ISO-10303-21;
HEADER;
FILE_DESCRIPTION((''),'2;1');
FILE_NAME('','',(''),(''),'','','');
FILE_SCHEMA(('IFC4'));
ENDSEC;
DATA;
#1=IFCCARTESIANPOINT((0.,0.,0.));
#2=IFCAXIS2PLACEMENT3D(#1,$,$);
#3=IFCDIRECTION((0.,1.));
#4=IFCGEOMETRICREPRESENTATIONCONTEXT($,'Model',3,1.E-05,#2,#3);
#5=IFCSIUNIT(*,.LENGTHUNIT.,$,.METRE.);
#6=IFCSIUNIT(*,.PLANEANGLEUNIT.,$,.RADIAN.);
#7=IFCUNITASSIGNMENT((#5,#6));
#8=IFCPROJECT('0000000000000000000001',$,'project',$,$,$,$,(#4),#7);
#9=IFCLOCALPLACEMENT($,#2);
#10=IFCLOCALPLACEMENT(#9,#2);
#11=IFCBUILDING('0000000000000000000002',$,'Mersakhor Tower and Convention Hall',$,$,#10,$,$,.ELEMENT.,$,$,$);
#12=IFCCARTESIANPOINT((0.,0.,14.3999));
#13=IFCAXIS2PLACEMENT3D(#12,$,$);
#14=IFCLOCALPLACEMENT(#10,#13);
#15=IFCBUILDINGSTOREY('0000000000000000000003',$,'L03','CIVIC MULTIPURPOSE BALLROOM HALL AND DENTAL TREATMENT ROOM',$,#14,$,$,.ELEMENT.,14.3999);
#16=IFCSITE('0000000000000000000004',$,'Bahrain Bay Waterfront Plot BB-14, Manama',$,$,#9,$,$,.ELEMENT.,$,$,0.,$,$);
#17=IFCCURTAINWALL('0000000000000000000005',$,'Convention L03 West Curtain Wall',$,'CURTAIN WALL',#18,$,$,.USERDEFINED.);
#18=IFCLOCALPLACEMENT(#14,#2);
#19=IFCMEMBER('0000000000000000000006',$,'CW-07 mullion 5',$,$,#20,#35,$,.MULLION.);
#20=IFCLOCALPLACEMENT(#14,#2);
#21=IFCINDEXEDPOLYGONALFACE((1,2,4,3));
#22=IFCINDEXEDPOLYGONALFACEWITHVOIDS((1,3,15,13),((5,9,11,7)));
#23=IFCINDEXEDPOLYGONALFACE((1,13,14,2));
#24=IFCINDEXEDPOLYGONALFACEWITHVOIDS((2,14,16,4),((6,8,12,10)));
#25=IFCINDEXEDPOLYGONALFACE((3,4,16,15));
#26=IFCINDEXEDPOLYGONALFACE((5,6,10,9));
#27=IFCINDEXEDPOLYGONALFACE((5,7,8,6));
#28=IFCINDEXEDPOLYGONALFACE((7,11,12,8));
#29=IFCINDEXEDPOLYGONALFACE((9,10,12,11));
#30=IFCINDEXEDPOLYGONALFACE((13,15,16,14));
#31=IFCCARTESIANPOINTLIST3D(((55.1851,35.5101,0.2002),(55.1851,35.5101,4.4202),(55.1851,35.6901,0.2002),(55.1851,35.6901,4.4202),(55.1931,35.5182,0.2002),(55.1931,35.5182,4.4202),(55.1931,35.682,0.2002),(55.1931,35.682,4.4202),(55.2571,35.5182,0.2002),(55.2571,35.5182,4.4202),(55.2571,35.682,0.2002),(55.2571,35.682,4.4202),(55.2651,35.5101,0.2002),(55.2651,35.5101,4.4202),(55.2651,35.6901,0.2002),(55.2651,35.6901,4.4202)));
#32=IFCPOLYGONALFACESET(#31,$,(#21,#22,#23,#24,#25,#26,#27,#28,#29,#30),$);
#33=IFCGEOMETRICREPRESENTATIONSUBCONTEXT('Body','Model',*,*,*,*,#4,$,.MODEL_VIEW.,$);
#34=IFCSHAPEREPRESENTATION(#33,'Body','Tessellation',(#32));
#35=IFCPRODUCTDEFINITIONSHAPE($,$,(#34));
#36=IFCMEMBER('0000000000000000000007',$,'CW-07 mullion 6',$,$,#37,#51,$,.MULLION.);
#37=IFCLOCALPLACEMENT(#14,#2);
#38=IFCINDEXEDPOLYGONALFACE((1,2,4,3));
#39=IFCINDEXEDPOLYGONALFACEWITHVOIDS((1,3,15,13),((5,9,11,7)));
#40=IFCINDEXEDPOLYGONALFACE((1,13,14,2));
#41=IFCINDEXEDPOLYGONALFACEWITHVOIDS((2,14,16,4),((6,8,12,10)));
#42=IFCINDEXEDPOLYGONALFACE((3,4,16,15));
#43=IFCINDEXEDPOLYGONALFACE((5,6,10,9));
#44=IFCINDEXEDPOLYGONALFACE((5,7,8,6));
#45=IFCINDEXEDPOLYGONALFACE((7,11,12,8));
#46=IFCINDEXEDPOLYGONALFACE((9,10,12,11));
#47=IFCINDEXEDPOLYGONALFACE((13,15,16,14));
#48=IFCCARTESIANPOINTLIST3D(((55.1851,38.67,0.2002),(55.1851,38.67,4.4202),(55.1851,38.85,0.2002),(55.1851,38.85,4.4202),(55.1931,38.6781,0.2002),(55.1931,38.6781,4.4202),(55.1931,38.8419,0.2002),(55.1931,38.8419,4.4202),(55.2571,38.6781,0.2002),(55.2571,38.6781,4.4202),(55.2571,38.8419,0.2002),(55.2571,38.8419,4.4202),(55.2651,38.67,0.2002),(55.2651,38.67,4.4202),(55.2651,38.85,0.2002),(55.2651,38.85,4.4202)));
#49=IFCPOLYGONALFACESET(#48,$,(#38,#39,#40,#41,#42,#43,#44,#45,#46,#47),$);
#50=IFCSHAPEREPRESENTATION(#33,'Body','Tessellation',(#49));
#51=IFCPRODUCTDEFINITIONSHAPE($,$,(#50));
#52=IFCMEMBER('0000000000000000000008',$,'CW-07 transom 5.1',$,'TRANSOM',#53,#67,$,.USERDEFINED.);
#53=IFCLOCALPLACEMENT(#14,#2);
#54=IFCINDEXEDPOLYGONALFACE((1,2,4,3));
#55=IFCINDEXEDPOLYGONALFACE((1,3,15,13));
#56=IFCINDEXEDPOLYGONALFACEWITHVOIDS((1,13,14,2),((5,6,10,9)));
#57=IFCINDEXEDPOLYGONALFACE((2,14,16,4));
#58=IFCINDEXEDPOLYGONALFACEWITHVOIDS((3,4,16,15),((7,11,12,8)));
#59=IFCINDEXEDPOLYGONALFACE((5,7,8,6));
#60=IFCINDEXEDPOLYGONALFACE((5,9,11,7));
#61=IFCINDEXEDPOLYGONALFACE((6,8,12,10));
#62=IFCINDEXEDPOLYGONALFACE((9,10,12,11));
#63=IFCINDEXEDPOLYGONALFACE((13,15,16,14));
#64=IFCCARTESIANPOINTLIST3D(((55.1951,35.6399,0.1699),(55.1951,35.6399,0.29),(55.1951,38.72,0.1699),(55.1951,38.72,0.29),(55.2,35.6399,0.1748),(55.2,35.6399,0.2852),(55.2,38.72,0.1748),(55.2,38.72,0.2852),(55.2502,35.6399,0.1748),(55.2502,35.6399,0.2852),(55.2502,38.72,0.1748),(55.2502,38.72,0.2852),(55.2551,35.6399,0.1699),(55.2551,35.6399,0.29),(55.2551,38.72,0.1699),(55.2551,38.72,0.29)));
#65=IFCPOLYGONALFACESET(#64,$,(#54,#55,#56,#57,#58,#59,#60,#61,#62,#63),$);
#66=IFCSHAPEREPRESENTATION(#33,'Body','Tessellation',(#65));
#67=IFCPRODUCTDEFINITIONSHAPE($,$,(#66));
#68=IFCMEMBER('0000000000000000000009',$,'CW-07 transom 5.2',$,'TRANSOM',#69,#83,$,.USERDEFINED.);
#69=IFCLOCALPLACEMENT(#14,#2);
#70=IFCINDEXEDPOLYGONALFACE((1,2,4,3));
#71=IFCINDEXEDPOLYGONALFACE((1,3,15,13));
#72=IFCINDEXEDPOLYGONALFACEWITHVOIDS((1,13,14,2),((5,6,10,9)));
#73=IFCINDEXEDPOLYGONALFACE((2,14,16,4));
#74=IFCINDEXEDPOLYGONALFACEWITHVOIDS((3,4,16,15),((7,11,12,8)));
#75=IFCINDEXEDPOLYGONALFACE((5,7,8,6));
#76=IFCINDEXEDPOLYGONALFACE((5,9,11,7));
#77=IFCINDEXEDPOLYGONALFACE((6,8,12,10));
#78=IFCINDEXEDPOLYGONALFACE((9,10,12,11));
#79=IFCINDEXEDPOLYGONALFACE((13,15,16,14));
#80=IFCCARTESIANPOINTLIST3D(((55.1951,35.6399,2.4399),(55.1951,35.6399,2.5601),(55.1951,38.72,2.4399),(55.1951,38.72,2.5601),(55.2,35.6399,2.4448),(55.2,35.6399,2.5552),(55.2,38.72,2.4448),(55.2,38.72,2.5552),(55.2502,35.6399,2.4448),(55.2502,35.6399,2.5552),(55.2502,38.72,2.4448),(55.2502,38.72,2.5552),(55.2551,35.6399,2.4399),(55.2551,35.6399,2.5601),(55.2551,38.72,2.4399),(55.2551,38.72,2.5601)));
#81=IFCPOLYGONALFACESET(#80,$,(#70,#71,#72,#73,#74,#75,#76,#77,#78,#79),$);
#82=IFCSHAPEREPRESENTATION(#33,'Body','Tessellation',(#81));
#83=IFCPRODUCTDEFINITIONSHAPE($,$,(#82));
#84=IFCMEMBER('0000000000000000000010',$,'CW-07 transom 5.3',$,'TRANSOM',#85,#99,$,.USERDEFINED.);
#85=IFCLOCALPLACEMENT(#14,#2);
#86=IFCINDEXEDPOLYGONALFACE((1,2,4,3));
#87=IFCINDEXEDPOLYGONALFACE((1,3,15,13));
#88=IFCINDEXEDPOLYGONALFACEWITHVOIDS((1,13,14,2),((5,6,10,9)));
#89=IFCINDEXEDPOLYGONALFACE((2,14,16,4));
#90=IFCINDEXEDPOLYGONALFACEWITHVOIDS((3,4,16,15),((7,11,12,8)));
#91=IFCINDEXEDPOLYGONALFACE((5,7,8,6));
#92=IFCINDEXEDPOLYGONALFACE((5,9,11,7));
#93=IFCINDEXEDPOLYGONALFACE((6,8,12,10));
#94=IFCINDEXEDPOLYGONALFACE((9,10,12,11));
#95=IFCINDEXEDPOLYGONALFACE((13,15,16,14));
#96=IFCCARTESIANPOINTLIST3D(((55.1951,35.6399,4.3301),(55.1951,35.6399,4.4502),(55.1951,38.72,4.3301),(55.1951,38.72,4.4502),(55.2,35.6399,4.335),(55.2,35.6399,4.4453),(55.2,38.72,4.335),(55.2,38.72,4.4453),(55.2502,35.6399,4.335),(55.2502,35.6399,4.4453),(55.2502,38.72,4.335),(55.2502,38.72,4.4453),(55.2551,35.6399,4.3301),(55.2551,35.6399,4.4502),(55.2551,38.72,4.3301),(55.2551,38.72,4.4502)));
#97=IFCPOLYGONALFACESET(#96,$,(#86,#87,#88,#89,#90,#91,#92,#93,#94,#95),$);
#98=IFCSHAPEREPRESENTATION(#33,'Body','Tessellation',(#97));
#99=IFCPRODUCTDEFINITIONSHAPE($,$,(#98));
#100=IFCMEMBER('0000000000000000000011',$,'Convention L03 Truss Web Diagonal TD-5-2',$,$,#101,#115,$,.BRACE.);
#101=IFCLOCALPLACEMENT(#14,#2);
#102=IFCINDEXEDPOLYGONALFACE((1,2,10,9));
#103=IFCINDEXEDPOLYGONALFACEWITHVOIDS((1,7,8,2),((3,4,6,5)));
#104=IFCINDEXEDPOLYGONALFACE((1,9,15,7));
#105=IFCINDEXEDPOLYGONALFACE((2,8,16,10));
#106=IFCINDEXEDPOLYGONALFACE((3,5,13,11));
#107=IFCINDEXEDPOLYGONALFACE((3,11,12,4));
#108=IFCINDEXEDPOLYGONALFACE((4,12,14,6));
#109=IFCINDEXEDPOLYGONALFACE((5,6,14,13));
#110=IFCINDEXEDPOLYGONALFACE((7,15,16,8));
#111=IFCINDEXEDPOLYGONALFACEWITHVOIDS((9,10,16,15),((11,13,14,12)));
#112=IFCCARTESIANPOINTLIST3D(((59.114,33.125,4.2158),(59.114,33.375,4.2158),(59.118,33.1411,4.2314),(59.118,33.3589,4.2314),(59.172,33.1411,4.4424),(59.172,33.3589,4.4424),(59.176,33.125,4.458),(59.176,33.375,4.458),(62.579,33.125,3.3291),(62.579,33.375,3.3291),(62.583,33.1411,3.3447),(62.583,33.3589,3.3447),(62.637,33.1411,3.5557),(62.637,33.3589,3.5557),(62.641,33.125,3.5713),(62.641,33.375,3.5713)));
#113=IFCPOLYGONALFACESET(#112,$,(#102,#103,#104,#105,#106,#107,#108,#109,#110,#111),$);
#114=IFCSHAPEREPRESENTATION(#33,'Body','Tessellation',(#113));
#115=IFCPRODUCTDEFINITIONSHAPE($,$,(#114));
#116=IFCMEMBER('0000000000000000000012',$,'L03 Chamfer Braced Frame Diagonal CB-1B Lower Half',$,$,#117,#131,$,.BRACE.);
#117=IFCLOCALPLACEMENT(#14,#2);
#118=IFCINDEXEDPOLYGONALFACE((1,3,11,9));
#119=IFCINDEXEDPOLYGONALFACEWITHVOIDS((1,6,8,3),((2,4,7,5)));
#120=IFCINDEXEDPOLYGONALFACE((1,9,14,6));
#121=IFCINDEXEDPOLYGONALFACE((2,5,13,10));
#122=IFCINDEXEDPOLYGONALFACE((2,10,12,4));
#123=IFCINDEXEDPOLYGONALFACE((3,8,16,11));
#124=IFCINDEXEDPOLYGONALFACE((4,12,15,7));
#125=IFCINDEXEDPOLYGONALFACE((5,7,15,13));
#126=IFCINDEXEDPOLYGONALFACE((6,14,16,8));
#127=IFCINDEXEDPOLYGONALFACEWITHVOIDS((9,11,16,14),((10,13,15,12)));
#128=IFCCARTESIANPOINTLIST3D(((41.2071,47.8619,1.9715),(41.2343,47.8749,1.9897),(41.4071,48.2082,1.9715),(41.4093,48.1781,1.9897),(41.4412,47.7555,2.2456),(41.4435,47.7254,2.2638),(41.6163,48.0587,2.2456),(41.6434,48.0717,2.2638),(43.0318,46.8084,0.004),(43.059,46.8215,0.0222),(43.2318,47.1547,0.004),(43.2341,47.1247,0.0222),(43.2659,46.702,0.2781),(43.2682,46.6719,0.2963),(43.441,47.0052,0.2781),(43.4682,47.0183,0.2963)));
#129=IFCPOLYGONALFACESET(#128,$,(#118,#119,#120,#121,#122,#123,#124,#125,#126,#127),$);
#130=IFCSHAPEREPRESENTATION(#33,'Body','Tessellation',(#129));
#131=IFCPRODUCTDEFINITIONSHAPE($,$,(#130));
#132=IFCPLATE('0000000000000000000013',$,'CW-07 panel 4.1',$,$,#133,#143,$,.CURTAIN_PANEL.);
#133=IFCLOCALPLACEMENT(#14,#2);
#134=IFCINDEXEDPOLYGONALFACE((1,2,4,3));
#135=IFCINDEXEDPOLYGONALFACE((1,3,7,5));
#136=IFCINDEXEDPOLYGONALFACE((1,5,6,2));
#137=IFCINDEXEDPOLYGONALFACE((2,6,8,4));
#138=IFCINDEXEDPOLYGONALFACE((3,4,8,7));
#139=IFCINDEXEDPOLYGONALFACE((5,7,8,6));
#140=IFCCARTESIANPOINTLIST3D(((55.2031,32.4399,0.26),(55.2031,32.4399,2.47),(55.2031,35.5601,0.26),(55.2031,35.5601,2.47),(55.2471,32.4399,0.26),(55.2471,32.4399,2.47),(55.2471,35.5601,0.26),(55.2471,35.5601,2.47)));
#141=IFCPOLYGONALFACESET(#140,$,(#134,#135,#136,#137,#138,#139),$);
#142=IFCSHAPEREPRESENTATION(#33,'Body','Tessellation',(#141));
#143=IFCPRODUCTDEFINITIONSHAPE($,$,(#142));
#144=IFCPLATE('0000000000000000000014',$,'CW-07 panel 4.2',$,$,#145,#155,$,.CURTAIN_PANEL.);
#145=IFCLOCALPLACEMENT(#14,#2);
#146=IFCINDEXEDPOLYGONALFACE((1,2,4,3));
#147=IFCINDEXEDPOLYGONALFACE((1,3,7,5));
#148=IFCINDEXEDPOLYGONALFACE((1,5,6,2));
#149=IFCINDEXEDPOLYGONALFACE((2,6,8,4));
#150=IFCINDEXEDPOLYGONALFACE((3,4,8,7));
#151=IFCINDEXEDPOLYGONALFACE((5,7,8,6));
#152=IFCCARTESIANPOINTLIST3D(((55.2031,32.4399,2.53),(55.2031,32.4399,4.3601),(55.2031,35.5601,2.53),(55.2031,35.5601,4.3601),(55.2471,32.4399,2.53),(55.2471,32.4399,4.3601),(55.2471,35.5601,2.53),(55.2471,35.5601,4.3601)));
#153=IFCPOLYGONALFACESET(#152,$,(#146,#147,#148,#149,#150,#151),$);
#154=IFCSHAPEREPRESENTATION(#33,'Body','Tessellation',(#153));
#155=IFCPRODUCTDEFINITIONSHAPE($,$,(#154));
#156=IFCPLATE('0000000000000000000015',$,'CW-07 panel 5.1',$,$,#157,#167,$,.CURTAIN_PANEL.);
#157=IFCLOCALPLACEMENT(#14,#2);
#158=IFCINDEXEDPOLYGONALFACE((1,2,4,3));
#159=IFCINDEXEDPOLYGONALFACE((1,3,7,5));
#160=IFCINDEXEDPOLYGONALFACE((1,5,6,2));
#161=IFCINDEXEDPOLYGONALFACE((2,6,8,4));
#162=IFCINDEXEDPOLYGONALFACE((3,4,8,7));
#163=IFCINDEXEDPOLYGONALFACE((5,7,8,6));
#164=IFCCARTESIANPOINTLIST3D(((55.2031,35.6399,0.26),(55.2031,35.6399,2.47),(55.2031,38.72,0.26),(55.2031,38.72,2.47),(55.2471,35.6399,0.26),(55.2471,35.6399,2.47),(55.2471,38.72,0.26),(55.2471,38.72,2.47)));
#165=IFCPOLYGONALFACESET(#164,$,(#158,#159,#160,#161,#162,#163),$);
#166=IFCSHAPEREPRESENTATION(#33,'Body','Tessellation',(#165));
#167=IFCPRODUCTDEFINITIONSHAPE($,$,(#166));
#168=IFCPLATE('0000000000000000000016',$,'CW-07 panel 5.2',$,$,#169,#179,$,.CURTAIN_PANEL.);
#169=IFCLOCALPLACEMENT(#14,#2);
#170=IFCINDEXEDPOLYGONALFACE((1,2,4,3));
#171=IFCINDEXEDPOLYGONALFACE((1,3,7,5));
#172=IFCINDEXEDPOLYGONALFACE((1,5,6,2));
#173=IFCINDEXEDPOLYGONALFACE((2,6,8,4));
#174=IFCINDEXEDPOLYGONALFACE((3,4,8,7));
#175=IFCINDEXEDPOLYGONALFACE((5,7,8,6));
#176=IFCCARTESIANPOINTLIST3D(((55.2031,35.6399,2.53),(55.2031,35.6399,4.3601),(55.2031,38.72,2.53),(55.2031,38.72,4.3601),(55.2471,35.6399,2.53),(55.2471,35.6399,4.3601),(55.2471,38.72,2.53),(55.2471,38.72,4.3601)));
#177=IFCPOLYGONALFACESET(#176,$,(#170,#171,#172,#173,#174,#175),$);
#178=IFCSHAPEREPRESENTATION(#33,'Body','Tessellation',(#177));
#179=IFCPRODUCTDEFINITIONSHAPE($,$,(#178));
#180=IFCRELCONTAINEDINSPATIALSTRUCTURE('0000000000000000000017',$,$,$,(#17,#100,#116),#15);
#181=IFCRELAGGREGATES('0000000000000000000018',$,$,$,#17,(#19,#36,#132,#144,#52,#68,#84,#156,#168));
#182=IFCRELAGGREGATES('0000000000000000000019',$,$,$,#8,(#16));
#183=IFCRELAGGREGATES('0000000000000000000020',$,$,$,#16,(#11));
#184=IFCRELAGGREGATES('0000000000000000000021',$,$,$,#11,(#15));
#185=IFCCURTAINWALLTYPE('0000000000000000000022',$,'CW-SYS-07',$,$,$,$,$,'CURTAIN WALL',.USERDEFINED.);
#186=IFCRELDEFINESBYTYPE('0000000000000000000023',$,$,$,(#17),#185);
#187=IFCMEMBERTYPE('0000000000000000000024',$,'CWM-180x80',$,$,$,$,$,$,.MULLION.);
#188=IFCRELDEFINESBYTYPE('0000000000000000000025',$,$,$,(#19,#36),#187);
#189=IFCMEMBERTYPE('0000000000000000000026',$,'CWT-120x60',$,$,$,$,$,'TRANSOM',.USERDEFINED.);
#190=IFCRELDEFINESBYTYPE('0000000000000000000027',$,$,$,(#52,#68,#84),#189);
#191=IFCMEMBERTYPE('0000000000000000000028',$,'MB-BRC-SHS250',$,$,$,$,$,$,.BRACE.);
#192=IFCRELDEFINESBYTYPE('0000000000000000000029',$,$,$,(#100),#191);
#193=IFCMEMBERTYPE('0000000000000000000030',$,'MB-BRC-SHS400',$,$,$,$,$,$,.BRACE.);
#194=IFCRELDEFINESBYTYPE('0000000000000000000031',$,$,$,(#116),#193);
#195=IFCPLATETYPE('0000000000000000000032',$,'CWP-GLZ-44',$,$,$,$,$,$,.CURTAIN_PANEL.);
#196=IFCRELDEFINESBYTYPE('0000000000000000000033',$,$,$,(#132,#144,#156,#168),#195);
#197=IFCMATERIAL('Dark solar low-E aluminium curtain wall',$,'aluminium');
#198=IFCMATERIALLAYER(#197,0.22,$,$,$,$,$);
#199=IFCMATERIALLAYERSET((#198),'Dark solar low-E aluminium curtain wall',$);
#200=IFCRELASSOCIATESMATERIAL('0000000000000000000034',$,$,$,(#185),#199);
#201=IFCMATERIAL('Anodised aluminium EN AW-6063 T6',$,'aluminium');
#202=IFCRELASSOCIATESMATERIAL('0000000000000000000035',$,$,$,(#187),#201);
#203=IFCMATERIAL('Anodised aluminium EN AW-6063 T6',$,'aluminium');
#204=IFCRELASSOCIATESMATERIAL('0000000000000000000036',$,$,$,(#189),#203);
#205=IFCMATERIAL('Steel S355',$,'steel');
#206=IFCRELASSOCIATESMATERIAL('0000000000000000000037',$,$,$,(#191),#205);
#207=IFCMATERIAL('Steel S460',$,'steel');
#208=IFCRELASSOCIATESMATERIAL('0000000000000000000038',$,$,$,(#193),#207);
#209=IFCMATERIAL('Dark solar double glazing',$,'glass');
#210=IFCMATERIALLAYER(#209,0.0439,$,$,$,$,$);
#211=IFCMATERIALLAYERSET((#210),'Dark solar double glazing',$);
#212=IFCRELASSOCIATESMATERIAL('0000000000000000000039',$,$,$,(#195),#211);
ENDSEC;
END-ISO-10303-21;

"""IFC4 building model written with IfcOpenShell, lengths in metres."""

from ifc_helpers import new_model, si_unit, direction, frame, origin, origin_2d, place, context, subcontext, project, spatial, rectangle, hollow_rectangle, extrude, material, layer, layer_set, material_profile, profile_set, type_object, element, aggregate, save


model = new_model("IFC4")

# Units and contexts
model_context = context("Model", 3, precision=1e-05, world=origin(), true_north=direction((0.0, 1.0)))
body_context = subcontext(model_context, "Body", "Model", "MODEL_VIEW")
ifc_project = project(units=[si_unit("LENGTHUNIT", "METRE"), si_unit("PLANEANGLEUNIT", "RADIAN")], contexts=[model_context])

# Site, building, storey
site_placement = place(None, origin())
site = spatial("IfcSite", under=ifc_project, at=site_placement, Name="Bahrain Bay Waterfront Plot BB-14, Manama", CompositionType="ELEMENT", RefElevation=0.0)
building_placement = place(site_placement, origin())
building = spatial("IfcBuilding", under=site, at=building_placement, Name="Mersakhor Tower and Convention Hall", CompositionType="ELEMENT")
storey_placement = place(building_placement, frame((0.0, 0.0, 14.3999)))
storey = spatial("IfcBuildingStorey", under=building, at=storey_placement, Name="L03", Description="CIVIC MULTIPURPOSE BALLROOM HALL AND DENTAL TREATMENT ROOM", CompositionType="ELEMENT", Elevation=14.3999)

# Curtain wall, members
ifc_material_1 = material(Name="Dark solar low-E aluminium curtain wall", Category="aluminium")
ifc_layer_1 = layer(ifc_material_1, 0.22)
ifc_layer_set_1 = layer_set([ifc_layer_1], Name="Dark solar low-E aluminium curtain wall")
curtain_wall_type = type_object("IfcCurtainWallType", Name="CW-SYS-07", ElementType="CURTAIN WALL", PredefinedType="USERDEFINED", material=ifc_layer_set_1)
curtain_wall_placement = place(storey_placement, origin())
curtain_wall = element("IfcCurtainWall", 1, at=curtain_wall_placement, inside=storey, type_object=curtain_wall_type, Name="Convention L03 West Curtain Wall", ObjectType="CURTAIN WALL", PredefinedType="USERDEFINED")
ifc_material_2 = material(Name="Anodised aluminium EN AW-6063 T6", Category="aluminium")
ifc_material_profile_1 = material_profile(ifc_material_2, hollow_rectangle(XDim=0.0801, YDim=0.1799, WallThickness=0.0081, at=origin_2d()), Name="RHS 180x80x8")
ifc_profile_set_1 = profile_set([ifc_material_profile_1], Name="Anodised aluminium EN AW-6063 T6")
member_type_1 = type_object("IfcMemberType", Name="CWM-180x80", PredefinedType="MULLION", material=ifc_profile_set_1)
member_1_placement = place(storey_placement, frame((55.2251, 35.6001, 0.2002), z_axis=(0.0, 0.0, 1.0), x_axis=(-1.0, 0.0, 0.0)))
member_1 = element("IfcMember", 2, at=member_1_placement, type_object=member_type_1, Name="CW-07 mullion 5", PredefinedType="MULLION", context=body_context, shape_type="SweptSolid", body=[
    extrude(hollow_rectangle(XDim=0.0801, YDim=0.1799, WallThickness=0.0081, at=origin_2d()), origin(), (0.0, 0.0, 1.0), 4.22),
])
member_2_placement = place(storey_placement, frame((55.2251, 38.76, 0.2002), z_axis=(0.0, 0.0, 1.0), x_axis=(-1.0, 0.0, 0.0)))
member_2 = element("IfcMember", 3, at=member_2_placement, type_object=member_type_1, Name="CW-07 mullion 6", PredefinedType="MULLION", context=body_context, shape_type="SweptSolid", body=[
    extrude(hollow_rectangle(XDim=0.0801, YDim=0.1799, WallThickness=0.0081, at=origin_2d()), origin(), (0.0, 0.0, 1.0), 4.22),
])
ifc_material_3 = material(Name="Anodised aluminium EN AW-6063 T6", Category="aluminium")
ifc_material_profile_2 = material_profile(ifc_material_3, hollow_rectangle(XDim=0.0601, YDim=0.1201, WallThickness=0.0049, at=origin_2d()), Name="RHS 120x60x5")
ifc_profile_set_2 = profile_set([ifc_material_profile_2], Name="Anodised aluminium EN AW-6063 T6")
member_type_2 = type_object("IfcMemberType", Name="CWT-120x60", ElementType="TRANSOM", PredefinedType="USERDEFINED", material=ifc_profile_set_2)
member_3_placement = place(storey_placement, frame((55.2251, 35.6399, 0.23), z_axis=(0.0, 1.0, 0.0), x_axis=(-1.0, 0.0, 0.0)))
member_3 = element("IfcMember", 4, at=member_3_placement, type_object=member_type_2, Name="CW-07 transom 5.1", ObjectType="TRANSOM", PredefinedType="USERDEFINED", context=body_context, shape_type="SweptSolid", body=[
    extrude(hollow_rectangle(XDim=0.0601, YDim=0.1201, WallThickness=0.0049, at=origin_2d()), origin(), (0.0, 0.0, 1.0), 3.0801),
])
member_4_placement = place(storey_placement, frame((55.2251, 35.6399, 2.5), z_axis=(0.0, 1.0, 0.0), x_axis=(-1.0, 0.0, 0.0)))
member_4 = element("IfcMember", 5, at=member_4_placement, type_object=member_type_2, Name="CW-07 transom 5.2", ObjectType="TRANSOM", PredefinedType="USERDEFINED", context=body_context, shape_type="SweptSolid", body=[
    extrude(hollow_rectangle(XDim=0.0601, YDim=0.1201, WallThickness=0.0049, at=origin_2d()), origin(), (0.0, 0.0, 1.0), 3.0801),
])
member_5_placement = place(storey_placement, frame((55.2251, 35.6399, 4.3901), z_axis=(0.0, 1.0, 0.0), x_axis=(-1.0, 0.0, 0.0)))
member_5 = element("IfcMember", 6, at=member_5_placement, type_object=member_type_2, Name="CW-07 transom 5.3", ObjectType="TRANSOM", PredefinedType="USERDEFINED", context=body_context, shape_type="SweptSolid", body=[
    extrude(hollow_rectangle(XDim=0.0601, YDim=0.1201, WallThickness=0.0049, at=origin_2d()), origin(), (0.0, 0.0, 1.0), 3.0801),
])

# Members
ifc_material_4 = material(Name="Steel S355", Category="steel")
ifc_material_profile_3 = material_profile(ifc_material_4, hollow_rectangle(XDim=0.25, YDim=0.25, WallThickness=0.0161, at=origin_2d()), Name="SHS 250x250x16")
ifc_profile_set_3 = profile_set([ifc_material_profile_3], Name="Steel S355")
member_type_3 = type_object("IfcMemberType", Name="MB-BRC-SHS250", PredefinedType="BRACE", material=ifc_profile_set_3)
member_6_placement = place(storey_placement, frame((59.145, 33.25, 4.3369), z_axis=(0.968783, 0.0, -0.247912), x_axis=(0.0, 1.0, 0.0)))
element("IfcMember", 7, at=member_6_placement, inside=storey, type_object=member_type_3, Name="Convention L03 Truss Web Diagonal TD-5-2", PredefinedType="BRACE", context=body_context, shape_type="SweptSolid", body=[
    extrude(hollow_rectangle(XDim=0.25, YDim=0.25, WallThickness=0.0161, at=origin_2d()), origin(), (0.0, 0.0, 1.0), 3.5767),
])
ifc_material_5 = material(Name="Steel S460", Category="steel")
ifc_material_profile_4 = material_profile(ifc_material_5, hollow_rectangle(XDim=0.3999, YDim=0.3999, WallThickness=0.0249, at=origin_2d()), Name="SHS 400x400x25")
ifc_profile_set_4 = profile_set([ifc_material_profile_4], Name="Steel S460")
member_type_4 = type_object("IfcMemberType", Name="MB-BRC-SHS400", PredefinedType="BRACE", material=ifc_profile_set_4)
member_7_placement = place(storey_placement, frame((43.25, 46.9133, 0.1501), z_axis=(-0.632964, 0.365432, 0.682507), x_axis=(-0.49999, -0.866031, 0.0)))
element("IfcMember", 8, at=member_7_placement, inside=storey, type_object=member_type_4, Name="L03 Chamfer Braced Frame Diagonal CB-1B Lower Half", PredefinedType="BRACE", context=body_context, shape_type="SweptSolid", body=[
    extrude(hollow_rectangle(XDim=0.3999, YDim=0.3999, WallThickness=0.0249, at=origin_2d()), origin(), (0.0, 0.0, 1.0), 2.8828),
])

# Plates
ifc_material_6 = material(Name="Dark solar double glazing", Category="glass")
ifc_layer_2 = layer(ifc_material_6, 0.0439)
ifc_layer_set_2 = layer_set([ifc_layer_2], Name="Dark solar double glazing")
plate_type = type_object("IfcPlateType", Name="CWP-GLZ-44", PredefinedType="CURTAIN_PANEL", material=ifc_layer_set_2)
plate_1_placement = place(storey_placement, frame((55.2251, 34.0, 0.26), z_axis=(0.0, 0.0, 1.0), x_axis=(0.0, 1.0, 0.0)))
plate_1 = element("IfcPlate", 9, at=plate_1_placement, type_object=plate_type, Name="CW-07 panel 4.1", PredefinedType="CURTAIN_PANEL", context=body_context, shape_type="SweptSolid", body=[
    extrude(rectangle(XDim=3.1201, YDim=0.0439, at=origin_2d()), origin(), (0.0, 0.0, 1.0), 2.21),
])
plate_2_placement = place(storey_placement, frame((55.2251, 34.0, 2.53), z_axis=(0.0, 0.0, 1.0), x_axis=(0.0, 1.0, 0.0)))
plate_2 = element("IfcPlate", 10, at=plate_2_placement, type_object=plate_type, Name="CW-07 panel 4.2", PredefinedType="CURTAIN_PANEL", context=body_context, shape_type="SweptSolid", body=[
    extrude(rectangle(XDim=3.1201, YDim=0.0439, at=origin_2d()), origin(), (0.0, 0.0, 1.0), 1.8301),
])
plate_3_placement = place(storey_placement, frame((55.2251, 37.1799, 0.26), z_axis=(0.0, 0.0, 1.0), x_axis=(0.0, 1.0, 0.0)))
plate_3 = element("IfcPlate", 11, at=plate_3_placement, type_object=plate_type, Name="CW-07 panel 5.1", PredefinedType="CURTAIN_PANEL", context=body_context, shape_type="SweptSolid", body=[
    extrude(rectangle(XDim=3.0801, YDim=0.0439, at=origin_2d()), origin(), (0.0, 0.0, 1.0), 2.21),
])
plate_4_placement = place(storey_placement, frame((55.2251, 37.1799, 2.53), z_axis=(0.0, 0.0, 1.0), x_axis=(0.0, 1.0, 0.0)))
plate_4 = element("IfcPlate", 12, at=plate_4_placement, type_object=plate_type, Name="CW-07 panel 5.2", PredefinedType="CURTAIN_PANEL", context=body_context, shape_type="SweptSolid", body=[
    extrude(rectangle(XDim=3.0801, YDim=0.0439, at=origin_2d()), origin(), (0.0, 0.0, 1.0), 1.8301),
])
aggregate(curtain_wall, [member_1, member_2, plate_1, plate_2, member_3, member_4, member_5, plate_3, plate_4])

save(model, "model.ifc")
